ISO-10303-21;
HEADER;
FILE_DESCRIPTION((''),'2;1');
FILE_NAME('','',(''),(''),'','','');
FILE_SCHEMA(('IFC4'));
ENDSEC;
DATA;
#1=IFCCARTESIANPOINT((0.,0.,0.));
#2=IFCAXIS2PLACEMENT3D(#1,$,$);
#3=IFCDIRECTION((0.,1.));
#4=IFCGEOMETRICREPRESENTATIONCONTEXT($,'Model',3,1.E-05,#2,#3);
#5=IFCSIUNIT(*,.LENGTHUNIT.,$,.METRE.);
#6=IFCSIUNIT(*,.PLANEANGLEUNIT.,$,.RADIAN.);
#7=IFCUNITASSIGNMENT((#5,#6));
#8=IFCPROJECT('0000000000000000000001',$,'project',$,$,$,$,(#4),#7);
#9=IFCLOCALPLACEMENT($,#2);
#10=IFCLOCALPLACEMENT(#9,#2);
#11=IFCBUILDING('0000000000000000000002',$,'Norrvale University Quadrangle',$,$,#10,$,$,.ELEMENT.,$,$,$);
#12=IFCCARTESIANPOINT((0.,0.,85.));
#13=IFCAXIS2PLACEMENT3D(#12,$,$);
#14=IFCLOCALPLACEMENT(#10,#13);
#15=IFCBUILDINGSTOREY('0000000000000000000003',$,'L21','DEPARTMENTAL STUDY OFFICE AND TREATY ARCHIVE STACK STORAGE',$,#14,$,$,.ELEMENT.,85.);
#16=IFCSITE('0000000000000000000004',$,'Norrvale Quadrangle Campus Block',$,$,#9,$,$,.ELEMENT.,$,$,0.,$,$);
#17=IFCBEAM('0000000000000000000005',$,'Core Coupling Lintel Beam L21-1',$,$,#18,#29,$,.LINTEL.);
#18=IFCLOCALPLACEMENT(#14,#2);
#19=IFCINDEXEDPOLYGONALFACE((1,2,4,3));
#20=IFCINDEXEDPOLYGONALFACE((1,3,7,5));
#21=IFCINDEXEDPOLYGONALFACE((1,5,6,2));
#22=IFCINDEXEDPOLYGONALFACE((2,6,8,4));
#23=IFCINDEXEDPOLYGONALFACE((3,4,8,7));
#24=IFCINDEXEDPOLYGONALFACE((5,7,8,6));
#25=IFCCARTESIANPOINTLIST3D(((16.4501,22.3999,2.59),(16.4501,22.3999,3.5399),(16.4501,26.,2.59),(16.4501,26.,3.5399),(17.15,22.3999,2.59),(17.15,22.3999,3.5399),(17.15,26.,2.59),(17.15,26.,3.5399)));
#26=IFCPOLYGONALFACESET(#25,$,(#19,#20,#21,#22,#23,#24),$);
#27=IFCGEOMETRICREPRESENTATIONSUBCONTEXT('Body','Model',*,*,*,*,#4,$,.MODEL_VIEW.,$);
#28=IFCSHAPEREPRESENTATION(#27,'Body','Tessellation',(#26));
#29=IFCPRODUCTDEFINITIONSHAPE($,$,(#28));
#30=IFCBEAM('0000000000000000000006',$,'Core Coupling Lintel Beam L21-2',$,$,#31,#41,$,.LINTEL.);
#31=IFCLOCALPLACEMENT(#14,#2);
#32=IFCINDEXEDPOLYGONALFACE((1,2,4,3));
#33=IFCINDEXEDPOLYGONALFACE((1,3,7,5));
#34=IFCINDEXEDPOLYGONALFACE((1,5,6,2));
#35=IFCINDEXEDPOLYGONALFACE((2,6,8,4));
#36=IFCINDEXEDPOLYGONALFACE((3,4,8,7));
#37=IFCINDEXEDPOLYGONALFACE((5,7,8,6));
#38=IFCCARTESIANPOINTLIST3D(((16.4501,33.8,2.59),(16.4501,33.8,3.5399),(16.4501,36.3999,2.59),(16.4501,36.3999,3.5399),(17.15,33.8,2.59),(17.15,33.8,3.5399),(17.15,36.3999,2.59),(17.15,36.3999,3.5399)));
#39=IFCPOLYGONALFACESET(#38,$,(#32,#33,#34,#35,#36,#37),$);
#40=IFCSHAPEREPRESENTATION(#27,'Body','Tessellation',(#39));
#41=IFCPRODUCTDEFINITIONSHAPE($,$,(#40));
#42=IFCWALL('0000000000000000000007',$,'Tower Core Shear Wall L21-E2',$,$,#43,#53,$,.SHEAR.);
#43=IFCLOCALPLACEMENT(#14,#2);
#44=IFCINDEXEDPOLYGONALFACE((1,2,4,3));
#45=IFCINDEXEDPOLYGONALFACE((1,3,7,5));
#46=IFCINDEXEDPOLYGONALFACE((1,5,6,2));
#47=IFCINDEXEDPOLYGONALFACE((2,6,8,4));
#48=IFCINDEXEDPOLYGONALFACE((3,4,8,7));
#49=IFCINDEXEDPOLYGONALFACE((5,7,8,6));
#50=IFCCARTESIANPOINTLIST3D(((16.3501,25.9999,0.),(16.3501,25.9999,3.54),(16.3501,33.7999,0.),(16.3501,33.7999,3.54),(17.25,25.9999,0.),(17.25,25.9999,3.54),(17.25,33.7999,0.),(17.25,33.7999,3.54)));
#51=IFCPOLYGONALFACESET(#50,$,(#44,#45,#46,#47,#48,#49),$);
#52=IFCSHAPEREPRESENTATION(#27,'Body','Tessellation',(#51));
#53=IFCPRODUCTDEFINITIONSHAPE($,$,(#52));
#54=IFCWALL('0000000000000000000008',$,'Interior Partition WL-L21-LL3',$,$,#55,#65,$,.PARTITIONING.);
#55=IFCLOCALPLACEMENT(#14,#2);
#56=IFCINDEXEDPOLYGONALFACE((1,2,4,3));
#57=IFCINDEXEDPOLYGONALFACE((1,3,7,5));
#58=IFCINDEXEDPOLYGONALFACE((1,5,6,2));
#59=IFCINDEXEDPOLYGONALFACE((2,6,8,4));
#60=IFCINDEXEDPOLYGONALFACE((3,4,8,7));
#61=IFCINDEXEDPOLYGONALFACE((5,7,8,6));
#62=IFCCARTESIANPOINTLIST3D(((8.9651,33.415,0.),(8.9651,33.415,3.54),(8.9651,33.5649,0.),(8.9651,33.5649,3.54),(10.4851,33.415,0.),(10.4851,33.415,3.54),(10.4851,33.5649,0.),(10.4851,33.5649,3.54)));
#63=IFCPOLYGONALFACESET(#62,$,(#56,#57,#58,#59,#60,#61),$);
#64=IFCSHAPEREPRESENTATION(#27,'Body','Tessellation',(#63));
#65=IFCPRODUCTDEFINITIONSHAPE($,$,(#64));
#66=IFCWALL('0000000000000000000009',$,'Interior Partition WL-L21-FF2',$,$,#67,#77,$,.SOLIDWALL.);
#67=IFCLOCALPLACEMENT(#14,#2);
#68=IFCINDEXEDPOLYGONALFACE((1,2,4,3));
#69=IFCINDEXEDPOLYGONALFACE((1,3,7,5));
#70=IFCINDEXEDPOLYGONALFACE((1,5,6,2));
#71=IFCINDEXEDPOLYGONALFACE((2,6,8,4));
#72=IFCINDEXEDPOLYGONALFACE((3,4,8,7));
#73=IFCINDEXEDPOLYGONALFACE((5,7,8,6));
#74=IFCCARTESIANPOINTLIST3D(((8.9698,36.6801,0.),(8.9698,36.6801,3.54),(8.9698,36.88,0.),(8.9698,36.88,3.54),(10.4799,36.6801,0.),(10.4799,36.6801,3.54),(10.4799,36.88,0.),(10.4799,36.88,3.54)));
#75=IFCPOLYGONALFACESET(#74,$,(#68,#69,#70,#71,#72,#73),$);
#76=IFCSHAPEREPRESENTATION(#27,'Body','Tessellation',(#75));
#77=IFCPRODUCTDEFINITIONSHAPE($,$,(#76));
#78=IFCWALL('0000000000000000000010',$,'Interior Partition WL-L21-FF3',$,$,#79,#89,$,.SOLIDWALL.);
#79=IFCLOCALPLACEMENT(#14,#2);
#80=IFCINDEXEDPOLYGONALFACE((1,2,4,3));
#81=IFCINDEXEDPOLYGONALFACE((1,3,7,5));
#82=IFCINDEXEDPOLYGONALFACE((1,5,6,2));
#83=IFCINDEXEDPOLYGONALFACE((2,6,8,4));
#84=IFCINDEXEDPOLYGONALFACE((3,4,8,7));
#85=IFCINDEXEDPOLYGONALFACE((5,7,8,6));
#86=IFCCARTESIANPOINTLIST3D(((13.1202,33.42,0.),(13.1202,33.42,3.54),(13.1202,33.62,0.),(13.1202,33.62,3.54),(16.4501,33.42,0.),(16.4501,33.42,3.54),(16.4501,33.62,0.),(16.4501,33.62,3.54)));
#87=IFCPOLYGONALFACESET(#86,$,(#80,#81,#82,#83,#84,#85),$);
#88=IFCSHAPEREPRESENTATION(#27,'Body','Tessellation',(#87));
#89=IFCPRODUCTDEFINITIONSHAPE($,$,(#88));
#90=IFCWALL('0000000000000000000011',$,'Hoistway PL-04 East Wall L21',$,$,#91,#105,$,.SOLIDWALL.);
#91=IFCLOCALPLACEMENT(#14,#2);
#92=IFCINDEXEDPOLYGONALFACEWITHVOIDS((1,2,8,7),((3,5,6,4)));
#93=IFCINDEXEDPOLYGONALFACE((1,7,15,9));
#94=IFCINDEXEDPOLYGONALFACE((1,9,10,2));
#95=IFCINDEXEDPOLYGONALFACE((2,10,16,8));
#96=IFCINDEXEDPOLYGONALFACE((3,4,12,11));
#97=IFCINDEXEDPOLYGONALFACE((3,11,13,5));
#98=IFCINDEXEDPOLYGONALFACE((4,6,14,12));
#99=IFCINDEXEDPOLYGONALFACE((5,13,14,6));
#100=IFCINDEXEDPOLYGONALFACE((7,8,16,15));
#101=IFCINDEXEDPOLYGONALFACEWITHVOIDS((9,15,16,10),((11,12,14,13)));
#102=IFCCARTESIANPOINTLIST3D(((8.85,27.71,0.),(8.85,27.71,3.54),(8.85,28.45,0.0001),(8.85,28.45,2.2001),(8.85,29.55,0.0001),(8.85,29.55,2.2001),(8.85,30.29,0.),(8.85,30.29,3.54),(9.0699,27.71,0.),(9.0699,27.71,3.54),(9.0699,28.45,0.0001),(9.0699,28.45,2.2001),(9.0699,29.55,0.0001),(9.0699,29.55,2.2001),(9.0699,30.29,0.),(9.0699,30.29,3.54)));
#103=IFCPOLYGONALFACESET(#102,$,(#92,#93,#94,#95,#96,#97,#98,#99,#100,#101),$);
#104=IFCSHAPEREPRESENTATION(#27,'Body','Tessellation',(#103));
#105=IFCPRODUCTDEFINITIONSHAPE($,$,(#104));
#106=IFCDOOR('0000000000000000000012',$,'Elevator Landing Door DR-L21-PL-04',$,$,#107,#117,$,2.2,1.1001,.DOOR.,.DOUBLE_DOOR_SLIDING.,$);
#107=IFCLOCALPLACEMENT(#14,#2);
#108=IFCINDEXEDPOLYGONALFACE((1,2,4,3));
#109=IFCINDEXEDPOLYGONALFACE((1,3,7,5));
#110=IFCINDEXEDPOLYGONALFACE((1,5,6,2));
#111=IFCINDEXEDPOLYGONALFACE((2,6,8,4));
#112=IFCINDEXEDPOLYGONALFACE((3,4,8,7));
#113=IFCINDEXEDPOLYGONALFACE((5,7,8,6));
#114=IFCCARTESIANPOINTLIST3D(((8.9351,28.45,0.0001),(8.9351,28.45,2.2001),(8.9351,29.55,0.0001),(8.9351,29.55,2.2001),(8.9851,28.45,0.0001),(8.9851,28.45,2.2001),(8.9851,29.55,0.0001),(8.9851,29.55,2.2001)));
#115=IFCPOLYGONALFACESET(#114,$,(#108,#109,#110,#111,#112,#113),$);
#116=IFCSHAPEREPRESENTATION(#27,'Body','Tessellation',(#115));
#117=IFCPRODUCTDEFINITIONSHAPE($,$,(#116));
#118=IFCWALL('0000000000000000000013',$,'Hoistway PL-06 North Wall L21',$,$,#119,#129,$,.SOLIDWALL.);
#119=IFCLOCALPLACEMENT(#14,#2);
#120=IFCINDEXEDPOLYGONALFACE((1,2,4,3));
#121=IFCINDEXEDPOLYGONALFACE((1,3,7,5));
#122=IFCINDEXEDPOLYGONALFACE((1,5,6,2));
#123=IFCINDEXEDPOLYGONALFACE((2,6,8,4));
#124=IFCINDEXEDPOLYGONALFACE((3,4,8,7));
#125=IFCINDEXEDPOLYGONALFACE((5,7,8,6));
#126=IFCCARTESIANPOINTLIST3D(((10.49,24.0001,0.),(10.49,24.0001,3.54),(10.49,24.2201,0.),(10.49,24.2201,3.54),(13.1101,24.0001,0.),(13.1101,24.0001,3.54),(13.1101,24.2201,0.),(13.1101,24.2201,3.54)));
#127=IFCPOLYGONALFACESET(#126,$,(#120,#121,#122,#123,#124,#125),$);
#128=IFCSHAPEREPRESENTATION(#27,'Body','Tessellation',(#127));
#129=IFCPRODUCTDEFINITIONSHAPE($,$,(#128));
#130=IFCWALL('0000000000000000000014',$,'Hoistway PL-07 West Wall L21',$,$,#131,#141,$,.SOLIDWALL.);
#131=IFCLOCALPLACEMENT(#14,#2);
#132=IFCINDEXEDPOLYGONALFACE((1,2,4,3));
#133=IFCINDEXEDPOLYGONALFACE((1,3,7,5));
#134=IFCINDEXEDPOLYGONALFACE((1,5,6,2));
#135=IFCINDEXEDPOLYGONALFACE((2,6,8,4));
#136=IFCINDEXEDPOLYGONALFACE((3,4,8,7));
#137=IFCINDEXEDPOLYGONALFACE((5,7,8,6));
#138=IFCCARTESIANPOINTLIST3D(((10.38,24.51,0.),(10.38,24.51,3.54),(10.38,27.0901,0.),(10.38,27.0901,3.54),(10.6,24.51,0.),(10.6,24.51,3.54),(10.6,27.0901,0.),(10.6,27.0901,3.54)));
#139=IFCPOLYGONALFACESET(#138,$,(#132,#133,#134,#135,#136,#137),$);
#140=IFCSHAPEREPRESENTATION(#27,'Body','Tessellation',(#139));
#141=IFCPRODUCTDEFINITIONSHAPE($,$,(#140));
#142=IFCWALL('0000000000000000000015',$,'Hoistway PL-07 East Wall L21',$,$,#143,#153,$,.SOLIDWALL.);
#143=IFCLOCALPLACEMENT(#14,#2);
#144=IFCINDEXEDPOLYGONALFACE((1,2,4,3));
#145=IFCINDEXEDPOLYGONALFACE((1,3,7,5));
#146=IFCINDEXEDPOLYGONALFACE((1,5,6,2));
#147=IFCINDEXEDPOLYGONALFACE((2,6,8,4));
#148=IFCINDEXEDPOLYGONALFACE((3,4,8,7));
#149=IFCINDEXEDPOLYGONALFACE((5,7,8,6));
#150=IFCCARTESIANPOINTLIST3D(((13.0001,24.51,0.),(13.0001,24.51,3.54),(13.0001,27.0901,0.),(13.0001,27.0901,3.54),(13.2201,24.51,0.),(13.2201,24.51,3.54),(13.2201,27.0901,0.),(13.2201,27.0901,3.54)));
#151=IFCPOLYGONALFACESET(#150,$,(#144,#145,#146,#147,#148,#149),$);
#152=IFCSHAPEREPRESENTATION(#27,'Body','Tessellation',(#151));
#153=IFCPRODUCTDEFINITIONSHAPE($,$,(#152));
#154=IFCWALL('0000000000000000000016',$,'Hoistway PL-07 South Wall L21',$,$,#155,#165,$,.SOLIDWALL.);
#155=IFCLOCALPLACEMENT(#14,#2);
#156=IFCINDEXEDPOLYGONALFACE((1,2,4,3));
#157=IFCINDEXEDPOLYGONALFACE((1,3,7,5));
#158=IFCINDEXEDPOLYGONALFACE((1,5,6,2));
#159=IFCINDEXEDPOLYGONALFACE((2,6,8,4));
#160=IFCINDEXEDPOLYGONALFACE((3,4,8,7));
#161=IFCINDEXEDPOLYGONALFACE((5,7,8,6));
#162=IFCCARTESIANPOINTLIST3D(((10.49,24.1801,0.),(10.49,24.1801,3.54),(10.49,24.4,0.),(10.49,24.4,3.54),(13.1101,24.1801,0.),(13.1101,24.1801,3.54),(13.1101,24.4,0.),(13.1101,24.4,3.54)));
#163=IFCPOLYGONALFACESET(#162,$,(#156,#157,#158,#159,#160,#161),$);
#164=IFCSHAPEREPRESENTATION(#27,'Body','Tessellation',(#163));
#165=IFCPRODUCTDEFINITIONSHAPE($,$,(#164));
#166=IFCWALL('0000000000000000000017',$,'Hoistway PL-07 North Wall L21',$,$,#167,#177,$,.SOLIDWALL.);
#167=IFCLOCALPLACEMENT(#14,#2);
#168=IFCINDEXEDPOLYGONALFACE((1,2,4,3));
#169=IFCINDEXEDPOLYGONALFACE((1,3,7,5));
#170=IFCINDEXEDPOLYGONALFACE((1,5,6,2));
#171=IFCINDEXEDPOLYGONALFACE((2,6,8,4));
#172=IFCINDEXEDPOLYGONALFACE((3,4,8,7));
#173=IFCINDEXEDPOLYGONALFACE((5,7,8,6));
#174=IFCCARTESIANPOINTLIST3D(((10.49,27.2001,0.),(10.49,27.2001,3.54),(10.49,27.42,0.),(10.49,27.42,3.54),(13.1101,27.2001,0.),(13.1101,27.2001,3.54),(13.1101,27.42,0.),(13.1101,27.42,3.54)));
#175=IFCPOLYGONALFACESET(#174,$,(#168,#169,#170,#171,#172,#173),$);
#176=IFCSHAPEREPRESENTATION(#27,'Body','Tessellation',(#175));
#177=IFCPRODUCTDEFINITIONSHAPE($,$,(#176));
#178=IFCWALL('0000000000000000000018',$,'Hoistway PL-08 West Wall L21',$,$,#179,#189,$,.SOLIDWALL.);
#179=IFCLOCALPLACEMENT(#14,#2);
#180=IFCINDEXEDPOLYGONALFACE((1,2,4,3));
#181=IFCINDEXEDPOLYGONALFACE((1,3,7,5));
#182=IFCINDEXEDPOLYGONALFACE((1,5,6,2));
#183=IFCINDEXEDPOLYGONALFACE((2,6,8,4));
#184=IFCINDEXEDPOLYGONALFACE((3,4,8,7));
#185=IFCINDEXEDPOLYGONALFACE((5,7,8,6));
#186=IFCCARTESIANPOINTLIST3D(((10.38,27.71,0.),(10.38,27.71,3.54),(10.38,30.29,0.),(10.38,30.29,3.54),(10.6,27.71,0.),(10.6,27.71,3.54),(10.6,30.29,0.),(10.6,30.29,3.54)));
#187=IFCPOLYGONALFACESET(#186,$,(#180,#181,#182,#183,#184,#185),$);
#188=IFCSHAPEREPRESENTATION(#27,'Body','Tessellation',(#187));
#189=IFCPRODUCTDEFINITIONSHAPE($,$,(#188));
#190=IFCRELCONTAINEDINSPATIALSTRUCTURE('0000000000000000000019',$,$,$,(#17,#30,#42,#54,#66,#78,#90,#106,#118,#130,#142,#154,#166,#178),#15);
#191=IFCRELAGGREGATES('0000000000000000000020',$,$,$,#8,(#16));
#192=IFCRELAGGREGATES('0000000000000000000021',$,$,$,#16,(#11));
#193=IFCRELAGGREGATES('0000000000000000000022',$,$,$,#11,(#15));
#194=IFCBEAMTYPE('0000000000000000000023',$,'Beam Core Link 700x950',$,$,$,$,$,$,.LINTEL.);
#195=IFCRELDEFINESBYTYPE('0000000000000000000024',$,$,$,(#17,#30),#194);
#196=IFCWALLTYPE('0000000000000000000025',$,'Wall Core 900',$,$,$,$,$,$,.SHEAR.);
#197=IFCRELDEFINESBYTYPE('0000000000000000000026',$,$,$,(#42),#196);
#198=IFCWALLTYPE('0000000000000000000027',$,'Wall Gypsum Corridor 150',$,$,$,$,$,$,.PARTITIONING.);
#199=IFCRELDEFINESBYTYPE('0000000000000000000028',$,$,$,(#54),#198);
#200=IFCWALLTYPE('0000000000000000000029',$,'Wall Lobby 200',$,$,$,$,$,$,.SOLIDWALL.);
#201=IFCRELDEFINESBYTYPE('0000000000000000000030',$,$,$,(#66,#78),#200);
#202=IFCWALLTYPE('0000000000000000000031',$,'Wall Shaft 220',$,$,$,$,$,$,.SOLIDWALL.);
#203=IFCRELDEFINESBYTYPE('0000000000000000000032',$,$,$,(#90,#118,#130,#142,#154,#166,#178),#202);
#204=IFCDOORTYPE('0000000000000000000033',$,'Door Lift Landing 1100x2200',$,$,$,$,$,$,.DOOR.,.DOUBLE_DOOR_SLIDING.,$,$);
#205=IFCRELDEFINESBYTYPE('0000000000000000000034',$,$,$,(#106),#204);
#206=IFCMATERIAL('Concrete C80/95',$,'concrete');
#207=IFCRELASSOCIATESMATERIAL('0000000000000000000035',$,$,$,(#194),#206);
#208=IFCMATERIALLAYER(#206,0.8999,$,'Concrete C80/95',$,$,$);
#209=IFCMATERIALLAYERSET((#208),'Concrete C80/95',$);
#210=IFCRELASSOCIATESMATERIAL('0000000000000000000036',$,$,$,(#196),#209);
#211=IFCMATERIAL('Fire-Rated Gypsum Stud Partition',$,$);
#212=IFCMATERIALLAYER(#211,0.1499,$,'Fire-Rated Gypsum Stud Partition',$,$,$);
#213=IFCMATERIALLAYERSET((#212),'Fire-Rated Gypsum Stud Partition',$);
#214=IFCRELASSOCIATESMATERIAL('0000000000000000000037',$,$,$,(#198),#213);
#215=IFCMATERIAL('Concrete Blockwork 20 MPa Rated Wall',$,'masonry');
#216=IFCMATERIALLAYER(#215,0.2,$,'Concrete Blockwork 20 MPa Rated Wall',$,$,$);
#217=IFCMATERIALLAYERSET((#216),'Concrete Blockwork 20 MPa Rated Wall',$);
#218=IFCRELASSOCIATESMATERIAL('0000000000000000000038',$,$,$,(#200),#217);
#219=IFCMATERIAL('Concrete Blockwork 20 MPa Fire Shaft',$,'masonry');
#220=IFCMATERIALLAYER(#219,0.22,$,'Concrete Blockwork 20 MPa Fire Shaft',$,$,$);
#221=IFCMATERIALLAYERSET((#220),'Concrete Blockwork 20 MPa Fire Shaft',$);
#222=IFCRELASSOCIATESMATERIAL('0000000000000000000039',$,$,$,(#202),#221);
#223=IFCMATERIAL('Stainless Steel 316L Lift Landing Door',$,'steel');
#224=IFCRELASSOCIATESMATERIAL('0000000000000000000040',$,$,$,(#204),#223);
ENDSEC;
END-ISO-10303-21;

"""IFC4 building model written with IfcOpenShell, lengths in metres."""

from ifc_helpers import new_model, si_unit, direction, frame, frame_2d, origin, origin_2d, place, context, subcontext, project, spatial, rectangle, extrude, material, layer, layer_set, material_profile, profile_set, type_object, element, fill, save


model = new_model("IFC4")

# Units and contexts
model_context = context("Model", 3, precision=1e-05, world=origin(), true_north=direction((0.0, 1.0)))
body_context = subcontext(model_context, "Body", "Model", "MODEL_VIEW")
ifc_project = project(units=[si_unit("LENGTHUNIT", "METRE"), si_unit("PLANEANGLEUNIT", "RADIAN")], contexts=[model_context])

# Site, building, storey
site_placement = place(None, origin())
site = spatial("IfcSite", under=ifc_project, at=site_placement, Name="Norrvale Quadrangle Campus Block", CompositionType="ELEMENT", RefElevation=0.0)
building_placement = place(site_placement, origin())
building = spatial("IfcBuilding", under=site, at=building_placement, Name="Norrvale University Quadrangle", CompositionType="ELEMENT")
storey_placement = place(building_placement, frame((0.0, 0.0, 85.0)))
storey = spatial("IfcBuildingStorey", under=building, at=storey_placement, Name="L21", Description="DEPARTMENTAL STUDY OFFICE AND TREATY ARCHIVE STACK STORAGE", CompositionType="ELEMENT", Elevation=85.0)

# Beams
ifc_material_1 = material(Name="Concrete C80/95", Category="concrete")
ifc_material_profile = material_profile(ifc_material_1, rectangle(XDim=0.7, YDim=0.95, at=origin_2d()), Name="Concrete C80/95")
ifc_profile_set = profile_set([ifc_material_profile], Name="Concrete C80/95")
beam_type = type_object("IfcBeamType", Name="Beam Core Link 700x950", PredefinedType="LINTEL", material=ifc_profile_set)
beam_1_placement = place(storey_placement, frame((16.8, 22.3999, 3.0649), z_axis=(0.0, 1.0, 0.0), x_axis=(-1.0, 0.0, 0.0)))
element("IfcBeam", 1, at=beam_1_placement, inside=storey, type_object=beam_type, Name="Core Coupling Lintel Beam L21-1", PredefinedType="LINTEL", context=body_context, shape_type="SweptSolid", body=[
    extrude(rectangle(XDim=0.7, YDim=0.95, at=origin_2d()), origin(), (0.0, 0.0, 1.0), 3.6001),
])
beam_2_placement = place(storey_placement, frame((16.8, 33.8, 3.0649), z_axis=(0.0, 1.0, 0.0), x_axis=(-1.0, 0.0, 0.0)))
element("IfcBeam", 2, at=beam_2_placement, inside=storey, type_object=beam_type, Name="Core Coupling Lintel Beam L21-2", PredefinedType="LINTEL", context=body_context, shape_type="SweptSolid", body=[
    extrude(rectangle(XDim=0.7, YDim=0.95, at=origin_2d()), origin(), (0.0, 0.0, 1.0), 2.5999),
])

# Wall
ifc_layer_1 = layer(ifc_material_1, 0.8999, Name="Concrete C80/95")
ifc_layer_set_1 = layer_set([ifc_layer_1], Name="Concrete C80/95")
wall_type_1 = type_object("IfcWallType", Name="Wall Core 900", PredefinedType="SHEAR", material=ifc_layer_set_1)
wall_1_placement = place(storey_placement, frame((16.8, 26.0, 0.0), z_axis=(0.0, 0.0, 1.0), x_axis=(0.0, 1.0, 0.0)))
element("IfcWall", 3, at=wall_1_placement, inside=storey, type_object=wall_type_1, Name="Tower Core Shear Wall L21-E2", PredefinedType="SHEAR", context=body_context, shape_type="SweptSolid", body=[
    extrude(rectangle(XDim=7.8, YDim=0.8999, at=frame_2d((3.8999, 0.0))), origin(), (0.0, 0.0, 1.0), 3.54),
])

# Walls
ifc_material_2 = material(Name="Fire-Rated Gypsum Stud Partition")
ifc_layer_2 = layer(ifc_material_2, 0.1499, Name="Fire-Rated Gypsum Stud Partition")
ifc_layer_set_2 = layer_set([ifc_layer_2], Name="Fire-Rated Gypsum Stud Partition")
wall_type_2 = type_object("IfcWallType", Name="Wall Gypsum Corridor 150", PredefinedType="PARTITIONING", material=ifc_layer_set_2)
wall_2_placement = place(storey_placement, frame((8.9651, 33.49, 0.0), z_axis=(0.0, 0.0, 1.0), x_axis=(1.0, 0.0, 0.0)))
element("IfcWall", 4, at=wall_2_placement, inside=storey, type_object=wall_type_2, Name="Interior Partition WL-L21-LL3", PredefinedType="PARTITIONING", context=body_context, shape_type="SweptSolid", body=[
    extrude(rectangle(XDim=1.52, YDim=0.1499, at=frame_2d((0.76, 0.0))), origin(), (0.0, 0.0, 1.0), 3.54),
])
ifc_material_3 = material(Name="Concrete Blockwork 20 MPa Rated Wall", Category="masonry")
ifc_layer_3 = layer(ifc_material_3, 0.2, Name="Concrete Blockwork 20 MPa Rated Wall")
ifc_layer_set_3 = layer_set([ifc_layer_3], Name="Concrete Blockwork 20 MPa Rated Wall")
wall_type_3 = type_object("IfcWallType", Name="Wall Lobby 200", PredefinedType="SOLIDWALL", material=ifc_layer_set_3)
wall_3_placement = place(storey_placement, frame((8.97, 36.78, 0.0), z_axis=(0.0, 0.0, 1.0), x_axis=(1.0, 0.0, 0.0)))
element("IfcWall", 5, at=wall_3_placement, inside=storey, type_object=wall_type_3, Name="Interior Partition WL-L21-FF2", PredefinedType="SOLIDWALL", context=body_context, shape_type="SweptSolid", body=[
    extrude(rectangle(XDim=1.51, YDim=0.2, at=frame_2d((0.7549, 0.0))), origin(), (0.0, 0.0, 1.0), 3.54),
])
wall_4_placement = place(storey_placement, frame((13.1201, 33.52, 0.0), z_axis=(0.0, 0.0, 1.0), x_axis=(1.0, 0.0, 0.0)))
element("IfcWall", 6, at=wall_4_placement, inside=storey, type_object=wall_type_3, Name="Interior Partition WL-L21-FF3", PredefinedType="SOLIDWALL", context=body_context, shape_type="SweptSolid", body=[
    extrude(rectangle(XDim=3.3298, YDim=0.2, at=frame_2d((1.665, 0.0))), origin(), (0.0, 0.0, 1.0), 3.54),
])

# Wall, opening, door
ifc_material_4 = material(Name="Concrete Blockwork 20 MPa Fire Shaft", Category="masonry")
ifc_layer_4 = layer(ifc_material_4, 0.22, Name="Concrete Blockwork 20 MPa Fire Shaft")
ifc_layer_set_4 = layer_set([ifc_layer_4], Name="Concrete Blockwork 20 MPa Fire Shaft")
wall_type_4 = type_object("IfcWallType", Name="Wall Shaft 220", PredefinedType="SOLIDWALL", material=ifc_layer_set_4)
wall_5_placement = place(storey_placement, frame((8.96, 27.71, 0.0), z_axis=(0.0, 0.0, 1.0), x_axis=(0.0, 1.0, 0.0)))
wall_5 = element("IfcWall", 7, at=wall_5_placement, inside=storey, type_object=wall_type_4, Name="Hoistway PL-04 East Wall L21", PredefinedType="SOLIDWALL", context=body_context, shape_type="SweptSolid", body=[
    extrude(rectangle(XDim=2.5801, YDim=0.22, at=frame_2d((1.29, 0.0))), origin(), (0.0, 0.0, 1.0), 3.54),
])
opening_1_placement = place(wall_5_placement, frame((0.74, 0.0, 0.0)))
opening_1 = element("IfcOpeningElement", 8, at=opening_1_placement, cuts=wall_5, PredefinedType="OPENING", context=body_context, shape_type="SweptSolid", body=[
    extrude(rectangle(XDim=1.1001, YDim=2.2, at=frame_2d((0.55, 1.1001))), frame((0.0, 0.1221, 0.0), z_axis=(0.0, -1.0, 0.0), x_axis=(1.0, 0.0, 0.0)), (0.0, 0.0, 1.0), 0.2439),
])
ifc_material_5 = material(Name="Stainless Steel 316L Lift Landing Door", Category="steel")
door_type_1 = type_object("IfcDoorType", Name="Door Lift Landing 1100x2200", OperationType="DOUBLE_DOOR_SLIDING", PredefinedType="DOOR", material=ifc_material_5)
door_1_placement = place(opening_1_placement, origin())
door_1 = element("IfcDoor", 9, at=door_1_placement, inside=storey, type_object=door_type_1, Name="Elevator Landing Door DR-L21-PL-04", OperationType="DOUBLE_DOOR_SLIDING", OverallHeight=2.2, OverallWidth=1.1001, PredefinedType="DOOR", context=body_context, shape_type="SweptSolid", body=[
    extrude(rectangle(XDim=1.1001, YDim=2.2, at=frame_2d((0.55, 1.1001))), frame((0.0, 0.0249, 0.0), z_axis=(0.0, -1.0, 0.0), x_axis=(1.0, 0.0, 0.0)), (0.0, 0.0, 1.0), 0.05),
])
fill(opening_1, door_1)

# Walls
wall_6_placement = place(storey_placement, frame((10.49, 24.1101, 0.0), z_axis=(0.0, 0.0, 1.0), x_axis=(1.0, 0.0, 0.0)))
element("IfcWall", 10, at=wall_6_placement, inside=storey, type_object=wall_type_4, Name="Hoistway PL-06 North Wall L21", PredefinedType="SOLIDWALL", context=body_context, shape_type="SweptSolid", body=[
    extrude(rectangle(XDim=2.6201, YDim=0.22, at=frame_2d((1.3101, 0.0))), origin(), (0.0, 0.0, 1.0), 3.54),
])
for number, where, z_axis, x_axis, name in (
    (11, (10.49, 24.51, 0.0), (0.0, 0.0, 1.0), (0.0, 1.0, 0.0), "Hoistway PL-07 West Wall L21"),
    (12, (13.1101, 24.51, 0.0), (0.0, 0.0, 1.0), (0.0, 1.0, 0.0), "Hoistway PL-07 East Wall L21"),
):
    element("IfcWall", number, at=place(storey_placement, frame(where, z_axis=z_axis, x_axis=x_axis)), inside=storey, type_object=wall_type_4, Name=name, PredefinedType="SOLIDWALL", context=body_context, shape_type="SweptSolid", body=[
        extrude(rectangle(XDim=2.5801, YDim=0.22, at=frame_2d((1.29, 0.0))), origin(), (0.0, 0.0, 1.0), 3.54),
    ])
for number, where, z_axis, x_axis, name in (
    (13, (10.49, 24.29, 0.0), (0.0, 0.0, 1.0), (1.0, 0.0, 0.0), "Hoistway PL-07 South Wall L21"),
    (14, (10.49, 27.3101, 0.0), (0.0, 0.0, 1.0), (1.0, 0.0, 0.0), "Hoistway PL-07 North Wall L21"),
):
    element("IfcWall", number, at=place(storey_placement, frame(where, z_axis=z_axis, x_axis=x_axis)), inside=storey, type_object=wall_type_4, Name=name, PredefinedType="SOLIDWALL", context=body_context, shape_type="SweptSolid", body=[
        extrude(rectangle(XDim=2.6201, YDim=0.22, at=frame_2d((1.3101, 0.0))), origin(), (0.0, 0.0, 1.0), 3.54),
    ])
for number, where, z_axis, x_axis, name in (
    (15, (10.49, 27.71, 0.0), (0.0, 0.0, 1.0), (0.0, 1.0, 0.0), "Hoistway PL-08 West Wall L21"),
):
    element("IfcWall", number, at=place(storey_placement, frame(where, z_axis=z_axis, x_axis=x_axis)), inside=storey, type_object=wall_type_4, Name=name, PredefinedType="SOLIDWALL", context=body_context, shape_type="SweptSolid", body=[
        extrude(rectangle(XDim=2.5801, YDim=0.22, at=frame_2d((1.29, 0.0))), origin(), (0.0, 0.0, 1.0), 3.54),
    ])

save(model, "model.ifc")
